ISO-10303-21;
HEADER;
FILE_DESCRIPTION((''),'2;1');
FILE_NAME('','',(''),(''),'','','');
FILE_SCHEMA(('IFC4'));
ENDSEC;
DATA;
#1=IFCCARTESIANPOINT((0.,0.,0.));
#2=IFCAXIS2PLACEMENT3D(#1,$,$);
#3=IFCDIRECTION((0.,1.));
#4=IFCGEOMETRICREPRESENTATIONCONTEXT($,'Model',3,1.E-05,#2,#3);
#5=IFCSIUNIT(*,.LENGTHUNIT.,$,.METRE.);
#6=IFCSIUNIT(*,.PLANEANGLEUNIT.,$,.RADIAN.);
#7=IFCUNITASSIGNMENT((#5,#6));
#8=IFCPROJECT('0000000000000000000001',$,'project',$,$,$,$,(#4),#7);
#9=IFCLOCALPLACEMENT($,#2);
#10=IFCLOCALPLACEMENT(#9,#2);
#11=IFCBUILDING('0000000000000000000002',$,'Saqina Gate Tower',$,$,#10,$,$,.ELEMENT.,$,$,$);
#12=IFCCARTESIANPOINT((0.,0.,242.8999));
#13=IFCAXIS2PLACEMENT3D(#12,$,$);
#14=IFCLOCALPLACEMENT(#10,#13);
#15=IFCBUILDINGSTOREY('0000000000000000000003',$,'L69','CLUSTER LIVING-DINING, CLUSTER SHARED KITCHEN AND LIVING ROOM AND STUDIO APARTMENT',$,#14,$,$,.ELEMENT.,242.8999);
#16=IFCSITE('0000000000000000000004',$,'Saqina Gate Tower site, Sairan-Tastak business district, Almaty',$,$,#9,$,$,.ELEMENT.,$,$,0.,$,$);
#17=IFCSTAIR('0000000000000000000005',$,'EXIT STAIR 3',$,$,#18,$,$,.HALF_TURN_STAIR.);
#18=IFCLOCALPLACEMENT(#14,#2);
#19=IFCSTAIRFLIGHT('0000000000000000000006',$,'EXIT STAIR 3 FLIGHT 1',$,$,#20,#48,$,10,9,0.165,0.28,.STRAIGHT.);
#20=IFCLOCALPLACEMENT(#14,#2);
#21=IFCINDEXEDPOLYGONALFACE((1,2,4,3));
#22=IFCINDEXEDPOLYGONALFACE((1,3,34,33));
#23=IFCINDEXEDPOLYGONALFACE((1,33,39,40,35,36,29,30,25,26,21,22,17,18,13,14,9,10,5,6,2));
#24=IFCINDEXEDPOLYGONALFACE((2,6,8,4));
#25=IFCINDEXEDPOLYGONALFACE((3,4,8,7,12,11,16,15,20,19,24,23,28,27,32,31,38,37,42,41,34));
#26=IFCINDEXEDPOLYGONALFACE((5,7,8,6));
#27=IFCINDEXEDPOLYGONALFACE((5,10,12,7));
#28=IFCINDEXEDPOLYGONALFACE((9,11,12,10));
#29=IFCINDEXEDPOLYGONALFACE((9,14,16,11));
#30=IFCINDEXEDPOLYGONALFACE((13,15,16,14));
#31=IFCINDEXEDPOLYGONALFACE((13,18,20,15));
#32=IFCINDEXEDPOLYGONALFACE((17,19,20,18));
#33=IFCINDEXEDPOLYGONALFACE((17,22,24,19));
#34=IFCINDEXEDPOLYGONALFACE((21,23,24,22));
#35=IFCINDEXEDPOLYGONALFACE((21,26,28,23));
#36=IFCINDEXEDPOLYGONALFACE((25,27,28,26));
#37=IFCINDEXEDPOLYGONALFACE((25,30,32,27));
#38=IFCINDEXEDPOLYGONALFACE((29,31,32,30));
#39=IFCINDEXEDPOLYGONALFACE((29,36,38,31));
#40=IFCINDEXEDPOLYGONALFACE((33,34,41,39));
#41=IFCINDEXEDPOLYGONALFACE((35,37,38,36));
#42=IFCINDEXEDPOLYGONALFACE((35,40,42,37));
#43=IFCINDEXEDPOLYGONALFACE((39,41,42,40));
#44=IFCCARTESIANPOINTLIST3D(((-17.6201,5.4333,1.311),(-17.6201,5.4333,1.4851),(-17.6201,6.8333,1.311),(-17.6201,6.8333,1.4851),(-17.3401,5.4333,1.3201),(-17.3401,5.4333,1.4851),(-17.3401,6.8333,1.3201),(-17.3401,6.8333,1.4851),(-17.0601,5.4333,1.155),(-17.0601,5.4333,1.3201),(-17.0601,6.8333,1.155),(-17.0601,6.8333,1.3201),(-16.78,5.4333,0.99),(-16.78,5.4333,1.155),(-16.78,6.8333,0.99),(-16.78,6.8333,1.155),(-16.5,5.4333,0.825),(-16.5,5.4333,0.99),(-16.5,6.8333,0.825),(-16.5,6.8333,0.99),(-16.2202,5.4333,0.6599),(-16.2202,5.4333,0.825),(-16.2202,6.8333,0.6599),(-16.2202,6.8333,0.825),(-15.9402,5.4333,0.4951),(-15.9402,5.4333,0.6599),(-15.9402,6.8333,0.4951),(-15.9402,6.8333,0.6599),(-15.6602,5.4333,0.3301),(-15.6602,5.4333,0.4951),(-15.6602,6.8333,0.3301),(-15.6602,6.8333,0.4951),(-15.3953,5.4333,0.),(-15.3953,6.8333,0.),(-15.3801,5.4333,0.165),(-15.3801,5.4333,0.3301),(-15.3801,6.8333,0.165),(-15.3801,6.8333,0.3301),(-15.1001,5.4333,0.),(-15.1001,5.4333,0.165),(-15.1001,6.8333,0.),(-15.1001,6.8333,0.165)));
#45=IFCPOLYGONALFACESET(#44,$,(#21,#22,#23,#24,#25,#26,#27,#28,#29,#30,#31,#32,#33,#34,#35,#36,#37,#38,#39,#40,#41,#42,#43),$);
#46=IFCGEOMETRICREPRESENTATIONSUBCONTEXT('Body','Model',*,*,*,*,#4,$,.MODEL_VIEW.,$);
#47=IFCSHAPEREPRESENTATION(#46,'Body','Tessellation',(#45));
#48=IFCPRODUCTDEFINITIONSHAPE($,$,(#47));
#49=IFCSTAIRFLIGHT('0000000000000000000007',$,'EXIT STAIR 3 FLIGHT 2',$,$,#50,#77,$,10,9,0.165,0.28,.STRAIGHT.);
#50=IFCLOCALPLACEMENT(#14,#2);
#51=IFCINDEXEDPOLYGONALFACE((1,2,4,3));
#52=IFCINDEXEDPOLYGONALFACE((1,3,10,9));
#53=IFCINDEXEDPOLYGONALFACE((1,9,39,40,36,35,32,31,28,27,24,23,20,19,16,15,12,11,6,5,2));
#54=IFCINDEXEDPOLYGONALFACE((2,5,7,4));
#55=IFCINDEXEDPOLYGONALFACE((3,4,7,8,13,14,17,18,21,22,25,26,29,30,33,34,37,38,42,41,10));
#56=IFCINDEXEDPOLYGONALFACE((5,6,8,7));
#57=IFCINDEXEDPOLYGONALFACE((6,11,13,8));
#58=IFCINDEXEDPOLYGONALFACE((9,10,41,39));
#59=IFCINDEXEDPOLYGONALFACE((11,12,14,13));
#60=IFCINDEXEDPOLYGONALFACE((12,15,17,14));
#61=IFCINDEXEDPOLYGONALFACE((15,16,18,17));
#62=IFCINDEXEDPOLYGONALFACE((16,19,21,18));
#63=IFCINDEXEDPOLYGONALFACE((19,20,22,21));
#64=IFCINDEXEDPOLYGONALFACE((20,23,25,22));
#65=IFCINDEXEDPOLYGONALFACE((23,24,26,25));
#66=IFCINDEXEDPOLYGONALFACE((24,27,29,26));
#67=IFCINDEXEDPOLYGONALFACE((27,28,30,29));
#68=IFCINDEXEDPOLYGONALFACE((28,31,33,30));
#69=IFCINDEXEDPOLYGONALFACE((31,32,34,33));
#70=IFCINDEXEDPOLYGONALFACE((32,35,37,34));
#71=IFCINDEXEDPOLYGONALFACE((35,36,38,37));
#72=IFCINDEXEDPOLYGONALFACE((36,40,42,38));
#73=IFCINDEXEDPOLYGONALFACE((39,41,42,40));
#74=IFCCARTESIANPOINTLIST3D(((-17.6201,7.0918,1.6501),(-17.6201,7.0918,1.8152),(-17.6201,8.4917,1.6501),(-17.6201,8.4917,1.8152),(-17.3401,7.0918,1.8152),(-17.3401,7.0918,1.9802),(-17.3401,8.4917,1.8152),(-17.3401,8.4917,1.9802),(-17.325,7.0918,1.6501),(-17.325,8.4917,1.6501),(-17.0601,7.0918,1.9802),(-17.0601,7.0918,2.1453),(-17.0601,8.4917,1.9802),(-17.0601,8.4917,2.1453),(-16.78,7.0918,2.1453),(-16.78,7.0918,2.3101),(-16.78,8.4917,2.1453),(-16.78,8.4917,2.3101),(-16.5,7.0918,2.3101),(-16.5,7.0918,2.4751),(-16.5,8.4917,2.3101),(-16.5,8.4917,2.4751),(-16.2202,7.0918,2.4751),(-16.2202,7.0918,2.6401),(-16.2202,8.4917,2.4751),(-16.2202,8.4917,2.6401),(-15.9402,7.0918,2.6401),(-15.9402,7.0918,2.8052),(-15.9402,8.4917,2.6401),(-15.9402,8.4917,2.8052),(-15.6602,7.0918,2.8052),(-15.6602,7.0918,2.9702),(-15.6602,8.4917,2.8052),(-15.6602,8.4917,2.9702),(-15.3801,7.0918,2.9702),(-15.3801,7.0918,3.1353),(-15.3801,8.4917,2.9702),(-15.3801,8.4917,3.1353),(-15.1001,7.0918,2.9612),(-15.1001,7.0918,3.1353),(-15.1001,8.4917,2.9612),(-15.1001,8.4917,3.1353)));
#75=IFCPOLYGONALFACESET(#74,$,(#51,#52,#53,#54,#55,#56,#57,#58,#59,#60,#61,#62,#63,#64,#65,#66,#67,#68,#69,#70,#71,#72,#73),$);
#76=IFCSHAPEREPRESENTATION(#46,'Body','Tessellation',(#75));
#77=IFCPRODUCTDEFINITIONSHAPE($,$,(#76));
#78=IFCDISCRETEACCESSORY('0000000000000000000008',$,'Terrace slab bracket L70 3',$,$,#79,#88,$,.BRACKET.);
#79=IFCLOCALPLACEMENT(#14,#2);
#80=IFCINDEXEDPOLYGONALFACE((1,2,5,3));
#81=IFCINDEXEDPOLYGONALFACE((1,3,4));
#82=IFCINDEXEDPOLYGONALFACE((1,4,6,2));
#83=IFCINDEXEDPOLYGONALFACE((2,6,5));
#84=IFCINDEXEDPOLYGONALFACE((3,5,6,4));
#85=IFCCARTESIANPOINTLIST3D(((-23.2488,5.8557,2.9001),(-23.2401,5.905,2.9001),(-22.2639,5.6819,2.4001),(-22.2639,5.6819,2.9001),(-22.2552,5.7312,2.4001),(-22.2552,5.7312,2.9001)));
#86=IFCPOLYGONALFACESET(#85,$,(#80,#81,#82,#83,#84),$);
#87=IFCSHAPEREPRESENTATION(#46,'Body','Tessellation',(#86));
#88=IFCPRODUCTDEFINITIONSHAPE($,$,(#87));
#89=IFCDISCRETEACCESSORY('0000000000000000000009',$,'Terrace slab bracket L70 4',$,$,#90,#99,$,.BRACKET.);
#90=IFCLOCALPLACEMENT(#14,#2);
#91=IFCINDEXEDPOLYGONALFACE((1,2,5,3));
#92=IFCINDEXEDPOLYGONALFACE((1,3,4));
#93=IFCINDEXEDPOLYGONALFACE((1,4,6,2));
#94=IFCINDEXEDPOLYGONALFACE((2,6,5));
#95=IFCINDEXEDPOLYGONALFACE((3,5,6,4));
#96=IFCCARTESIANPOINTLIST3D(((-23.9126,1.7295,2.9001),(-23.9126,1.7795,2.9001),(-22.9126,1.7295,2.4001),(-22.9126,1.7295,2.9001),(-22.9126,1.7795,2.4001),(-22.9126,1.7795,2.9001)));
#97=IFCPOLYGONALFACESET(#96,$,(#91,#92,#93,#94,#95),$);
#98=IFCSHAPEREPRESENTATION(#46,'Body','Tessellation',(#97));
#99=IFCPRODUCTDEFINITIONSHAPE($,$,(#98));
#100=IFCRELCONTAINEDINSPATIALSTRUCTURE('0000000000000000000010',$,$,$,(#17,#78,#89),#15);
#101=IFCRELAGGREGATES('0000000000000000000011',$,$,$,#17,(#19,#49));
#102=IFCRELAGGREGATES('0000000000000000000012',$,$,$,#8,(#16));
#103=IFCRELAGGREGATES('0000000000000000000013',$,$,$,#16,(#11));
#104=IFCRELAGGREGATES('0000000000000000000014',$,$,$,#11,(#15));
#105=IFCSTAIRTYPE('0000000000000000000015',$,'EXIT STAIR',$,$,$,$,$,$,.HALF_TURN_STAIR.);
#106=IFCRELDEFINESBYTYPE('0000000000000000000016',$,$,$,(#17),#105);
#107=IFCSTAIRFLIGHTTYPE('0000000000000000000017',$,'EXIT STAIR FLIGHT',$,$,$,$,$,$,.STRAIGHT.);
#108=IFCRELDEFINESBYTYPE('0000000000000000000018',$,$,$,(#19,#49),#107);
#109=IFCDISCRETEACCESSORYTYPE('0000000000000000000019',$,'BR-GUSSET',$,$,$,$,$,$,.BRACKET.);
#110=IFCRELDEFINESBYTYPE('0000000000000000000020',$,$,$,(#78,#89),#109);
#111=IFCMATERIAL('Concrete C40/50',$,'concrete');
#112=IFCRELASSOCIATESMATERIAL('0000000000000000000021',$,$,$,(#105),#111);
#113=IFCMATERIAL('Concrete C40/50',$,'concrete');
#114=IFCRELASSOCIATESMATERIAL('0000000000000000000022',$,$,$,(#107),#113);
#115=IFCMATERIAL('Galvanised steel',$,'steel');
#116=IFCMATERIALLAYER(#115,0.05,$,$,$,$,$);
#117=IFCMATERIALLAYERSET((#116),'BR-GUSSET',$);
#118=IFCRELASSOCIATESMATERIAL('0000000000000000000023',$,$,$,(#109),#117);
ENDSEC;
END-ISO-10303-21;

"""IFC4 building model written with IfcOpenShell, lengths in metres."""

from ifc_helpers import new_model, si_unit, direction, frame, origin, place, context, subcontext, project, spatial, polyline, outline, extrude, material, layer, layer_set, type_object, element, aggregate, save


model = new_model("IFC4")

# Units and contexts
model_context = context("Model", 3, precision=1e-05, world=origin(), true_north=direction((0.0, 1.0)))
body_context = subcontext(model_context, "Body", "Model", "MODEL_VIEW")
ifc_project = project(units=[si_unit("LENGTHUNIT", "METRE"), si_unit("PLANEANGLEUNIT", "RADIAN")], contexts=[model_context])

# Site, building, storey
site_placement = place(None, origin())
site = spatial("IfcSite", under=ifc_project, at=site_placement, Name="Saqina Gate Tower site, Sairan-Tastak business district, Almaty", CompositionType="ELEMENT", RefElevation=0.0)
building_placement = place(site_placement, origin())
building = spatial("IfcBuilding", under=site, at=building_placement, Name="Saqina Gate Tower", CompositionType="ELEMENT")
storey_placement = place(building_placement, frame((0.0, 0.0, 242.8999)))
storey = spatial("IfcBuildingStorey", under=building, at=storey_placement, Name="L69", Description="CLUSTER LIVING-DINING, CLUSTER SHARED KITCHEN AND LIVING ROOM AND STUDIO APARTMENT", CompositionType="ELEMENT", Elevation=242.8999)

# Stair, stair flights
ifc_material_1 = material(Name="Concrete C40/50", Category="concrete")
stair_type = type_object("IfcStairType", Name="EXIT STAIR", PredefinedType="HALF_TURN_STAIR", material=ifc_material_1)
stair_placement = place(storey_placement, origin())
stair = element("IfcStair", 1, at=stair_placement, inside=storey, type_object=stair_type, Name="EXIT STAIR 3", PredefinedType="HALF_TURN_STAIR")
ifc_material_2 = material(Name="Concrete C40/50", Category="concrete")
stair_flight_type = type_object("IfcStairFlightType", Name="EXIT STAIR FLIGHT", PredefinedType="STRAIGHT", material=ifc_material_2)
stair_flight_1_placement = place(storey_placement, frame((-15.1001, 6.1333, 0.0), z_axis=(0.0, 0.0, 1.0), x_axis=(-1.0, 0.0, 0.0)))
stair_flight_1 = element("IfcStairFlight", 2, at=stair_flight_1_placement, type_object=stair_flight_type, Name="EXIT STAIR 3 FLIGHT 1", NumberOfRisers=10, NumberOfTreads=9, PredefinedType="STRAIGHT", RiserHeight=0.165, TreadLength=0.28, context=body_context, shape_type="SweptSolid", body=[
    extrude(outline(polyline([(0.0, 0.0), (0.0, 0.165), (0.28, 0.165), (0.28, 0.3301), (0.5601, 0.3301), (0.5601, 0.4951), (0.8401, 0.4951), (0.8401, 0.6599), (1.1201, 0.6599), (1.1201, 0.825), (1.3999, 0.825), (1.3999, 0.99), (1.6799, 0.99), (1.6799, 1.155), (1.96, 1.155), (1.96, 1.3201), (2.24, 1.3201), (2.24, 1.4851), (2.52, 1.4851), (2.52, 1.6499), (2.52, 1.311), (0.2952, 0.0), (0.0, 0.0)])), frame((0.0, 0.7, 0.0), z_axis=(0.0, -1.0, 0.0), x_axis=(1.0, 0.0, 0.0)), (0.0, 0.0, 1.0), 1.3999),
])
stair_flight_2_placement = place(storey_placement, frame((-17.6201, 7.7917, 1.6501), z_axis=(0.0, 0.0, 1.0), x_axis=(1.0, 0.0, 0.0)))
stair_flight_2 = element("IfcStairFlight", 3, at=stair_flight_2_placement, type_object=stair_flight_type, Name="EXIT STAIR 3 FLIGHT 2", NumberOfRisers=10, NumberOfTreads=9, PredefinedType="STRAIGHT", RiserHeight=0.165, TreadLength=0.28, context=body_context, shape_type="SweptSolid", body=[
    extrude(outline(polyline([(0.0, 0.0), (0.0, 0.165), (0.28, 0.165), (0.28, 0.3301), (0.5601, 0.3301), (0.5601, 0.4951), (0.8401, 0.4951), (0.8401, 0.6599), (1.1201, 0.6599), (1.1201, 0.825), (1.3999, 0.825), (1.3999, 0.99), (1.6799, 0.99), (1.6799, 1.155), (1.96, 1.155), (1.96, 1.3201), (2.24, 1.3201), (2.24, 1.4851), (2.52, 1.4851), (2.52, 1.6499), (2.52, 1.311), (0.2952, 0.0), (0.0, 0.0)])), frame((0.0, 0.7, 0.0), z_axis=(0.0, -1.0, 0.0), x_axis=(1.0, 0.0, 0.0)), (0.0, 0.0, 1.0), 1.3999),
])
aggregate(stair, [stair_flight_1, stair_flight_2])

# Discrete accessories
ifc_material_3 = material(Name="Galvanised steel", Category="steel")
ifc_layer_1 = layer(ifc_material_3, 0.05)
ifc_layer_set_1 = layer_set([ifc_layer_1], Name="BR-GUSSET")
discrete_accessory_type = type_object("IfcDiscreteAccessoryType", Name="BR-GUSSET", PredefinedType="BRACKET", material=ifc_layer_set_1)
discrete_accessory_1_placement = place(storey_placement, frame((-22.2639, 5.6819, 2.4001), z_axis=(-0.173813, -0.984779, 0.0), x_axis=(0.0, 0.0, 1.0)))
element("IfcDiscreteAccessory", 4, at=discrete_accessory_1_placement, inside=storey, type_object=discrete_accessory_type, Name="Terrace slab bracket L70 3", PredefinedType="BRACKET", context=body_context, shape_type="SweptSolid", body=[
    extrude(outline(polyline([(0.0, 0.0), (0.5, 0.0), (0.5, 1.0001), (0.0, 0.0)])), origin(), (0.0, 0.0, -1.0), 0.05),
])
discrete_accessory_2_placement = place(storey_placement, frame((-22.9126, 1.7295, 2.4001), z_axis=(0.0, -1.0, 0.0), x_axis=(0.0, 0.0, 1.0)))
element("IfcDiscreteAccessory", 5, at=discrete_accessory_2_placement, inside=storey, type_object=discrete_accessory_type, Name="Terrace slab bracket L70 4", PredefinedType="BRACKET", context=body_context, shape_type="SweptSolid", body=[
    extrude(outline(polyline([(0.0, 0.0), (0.5, 0.0), (0.5, 1.0), (0.0, 0.0)])), origin(), (0.0, 0.0, -1.0), 0.05),
])

save(model, "model.ifc")
